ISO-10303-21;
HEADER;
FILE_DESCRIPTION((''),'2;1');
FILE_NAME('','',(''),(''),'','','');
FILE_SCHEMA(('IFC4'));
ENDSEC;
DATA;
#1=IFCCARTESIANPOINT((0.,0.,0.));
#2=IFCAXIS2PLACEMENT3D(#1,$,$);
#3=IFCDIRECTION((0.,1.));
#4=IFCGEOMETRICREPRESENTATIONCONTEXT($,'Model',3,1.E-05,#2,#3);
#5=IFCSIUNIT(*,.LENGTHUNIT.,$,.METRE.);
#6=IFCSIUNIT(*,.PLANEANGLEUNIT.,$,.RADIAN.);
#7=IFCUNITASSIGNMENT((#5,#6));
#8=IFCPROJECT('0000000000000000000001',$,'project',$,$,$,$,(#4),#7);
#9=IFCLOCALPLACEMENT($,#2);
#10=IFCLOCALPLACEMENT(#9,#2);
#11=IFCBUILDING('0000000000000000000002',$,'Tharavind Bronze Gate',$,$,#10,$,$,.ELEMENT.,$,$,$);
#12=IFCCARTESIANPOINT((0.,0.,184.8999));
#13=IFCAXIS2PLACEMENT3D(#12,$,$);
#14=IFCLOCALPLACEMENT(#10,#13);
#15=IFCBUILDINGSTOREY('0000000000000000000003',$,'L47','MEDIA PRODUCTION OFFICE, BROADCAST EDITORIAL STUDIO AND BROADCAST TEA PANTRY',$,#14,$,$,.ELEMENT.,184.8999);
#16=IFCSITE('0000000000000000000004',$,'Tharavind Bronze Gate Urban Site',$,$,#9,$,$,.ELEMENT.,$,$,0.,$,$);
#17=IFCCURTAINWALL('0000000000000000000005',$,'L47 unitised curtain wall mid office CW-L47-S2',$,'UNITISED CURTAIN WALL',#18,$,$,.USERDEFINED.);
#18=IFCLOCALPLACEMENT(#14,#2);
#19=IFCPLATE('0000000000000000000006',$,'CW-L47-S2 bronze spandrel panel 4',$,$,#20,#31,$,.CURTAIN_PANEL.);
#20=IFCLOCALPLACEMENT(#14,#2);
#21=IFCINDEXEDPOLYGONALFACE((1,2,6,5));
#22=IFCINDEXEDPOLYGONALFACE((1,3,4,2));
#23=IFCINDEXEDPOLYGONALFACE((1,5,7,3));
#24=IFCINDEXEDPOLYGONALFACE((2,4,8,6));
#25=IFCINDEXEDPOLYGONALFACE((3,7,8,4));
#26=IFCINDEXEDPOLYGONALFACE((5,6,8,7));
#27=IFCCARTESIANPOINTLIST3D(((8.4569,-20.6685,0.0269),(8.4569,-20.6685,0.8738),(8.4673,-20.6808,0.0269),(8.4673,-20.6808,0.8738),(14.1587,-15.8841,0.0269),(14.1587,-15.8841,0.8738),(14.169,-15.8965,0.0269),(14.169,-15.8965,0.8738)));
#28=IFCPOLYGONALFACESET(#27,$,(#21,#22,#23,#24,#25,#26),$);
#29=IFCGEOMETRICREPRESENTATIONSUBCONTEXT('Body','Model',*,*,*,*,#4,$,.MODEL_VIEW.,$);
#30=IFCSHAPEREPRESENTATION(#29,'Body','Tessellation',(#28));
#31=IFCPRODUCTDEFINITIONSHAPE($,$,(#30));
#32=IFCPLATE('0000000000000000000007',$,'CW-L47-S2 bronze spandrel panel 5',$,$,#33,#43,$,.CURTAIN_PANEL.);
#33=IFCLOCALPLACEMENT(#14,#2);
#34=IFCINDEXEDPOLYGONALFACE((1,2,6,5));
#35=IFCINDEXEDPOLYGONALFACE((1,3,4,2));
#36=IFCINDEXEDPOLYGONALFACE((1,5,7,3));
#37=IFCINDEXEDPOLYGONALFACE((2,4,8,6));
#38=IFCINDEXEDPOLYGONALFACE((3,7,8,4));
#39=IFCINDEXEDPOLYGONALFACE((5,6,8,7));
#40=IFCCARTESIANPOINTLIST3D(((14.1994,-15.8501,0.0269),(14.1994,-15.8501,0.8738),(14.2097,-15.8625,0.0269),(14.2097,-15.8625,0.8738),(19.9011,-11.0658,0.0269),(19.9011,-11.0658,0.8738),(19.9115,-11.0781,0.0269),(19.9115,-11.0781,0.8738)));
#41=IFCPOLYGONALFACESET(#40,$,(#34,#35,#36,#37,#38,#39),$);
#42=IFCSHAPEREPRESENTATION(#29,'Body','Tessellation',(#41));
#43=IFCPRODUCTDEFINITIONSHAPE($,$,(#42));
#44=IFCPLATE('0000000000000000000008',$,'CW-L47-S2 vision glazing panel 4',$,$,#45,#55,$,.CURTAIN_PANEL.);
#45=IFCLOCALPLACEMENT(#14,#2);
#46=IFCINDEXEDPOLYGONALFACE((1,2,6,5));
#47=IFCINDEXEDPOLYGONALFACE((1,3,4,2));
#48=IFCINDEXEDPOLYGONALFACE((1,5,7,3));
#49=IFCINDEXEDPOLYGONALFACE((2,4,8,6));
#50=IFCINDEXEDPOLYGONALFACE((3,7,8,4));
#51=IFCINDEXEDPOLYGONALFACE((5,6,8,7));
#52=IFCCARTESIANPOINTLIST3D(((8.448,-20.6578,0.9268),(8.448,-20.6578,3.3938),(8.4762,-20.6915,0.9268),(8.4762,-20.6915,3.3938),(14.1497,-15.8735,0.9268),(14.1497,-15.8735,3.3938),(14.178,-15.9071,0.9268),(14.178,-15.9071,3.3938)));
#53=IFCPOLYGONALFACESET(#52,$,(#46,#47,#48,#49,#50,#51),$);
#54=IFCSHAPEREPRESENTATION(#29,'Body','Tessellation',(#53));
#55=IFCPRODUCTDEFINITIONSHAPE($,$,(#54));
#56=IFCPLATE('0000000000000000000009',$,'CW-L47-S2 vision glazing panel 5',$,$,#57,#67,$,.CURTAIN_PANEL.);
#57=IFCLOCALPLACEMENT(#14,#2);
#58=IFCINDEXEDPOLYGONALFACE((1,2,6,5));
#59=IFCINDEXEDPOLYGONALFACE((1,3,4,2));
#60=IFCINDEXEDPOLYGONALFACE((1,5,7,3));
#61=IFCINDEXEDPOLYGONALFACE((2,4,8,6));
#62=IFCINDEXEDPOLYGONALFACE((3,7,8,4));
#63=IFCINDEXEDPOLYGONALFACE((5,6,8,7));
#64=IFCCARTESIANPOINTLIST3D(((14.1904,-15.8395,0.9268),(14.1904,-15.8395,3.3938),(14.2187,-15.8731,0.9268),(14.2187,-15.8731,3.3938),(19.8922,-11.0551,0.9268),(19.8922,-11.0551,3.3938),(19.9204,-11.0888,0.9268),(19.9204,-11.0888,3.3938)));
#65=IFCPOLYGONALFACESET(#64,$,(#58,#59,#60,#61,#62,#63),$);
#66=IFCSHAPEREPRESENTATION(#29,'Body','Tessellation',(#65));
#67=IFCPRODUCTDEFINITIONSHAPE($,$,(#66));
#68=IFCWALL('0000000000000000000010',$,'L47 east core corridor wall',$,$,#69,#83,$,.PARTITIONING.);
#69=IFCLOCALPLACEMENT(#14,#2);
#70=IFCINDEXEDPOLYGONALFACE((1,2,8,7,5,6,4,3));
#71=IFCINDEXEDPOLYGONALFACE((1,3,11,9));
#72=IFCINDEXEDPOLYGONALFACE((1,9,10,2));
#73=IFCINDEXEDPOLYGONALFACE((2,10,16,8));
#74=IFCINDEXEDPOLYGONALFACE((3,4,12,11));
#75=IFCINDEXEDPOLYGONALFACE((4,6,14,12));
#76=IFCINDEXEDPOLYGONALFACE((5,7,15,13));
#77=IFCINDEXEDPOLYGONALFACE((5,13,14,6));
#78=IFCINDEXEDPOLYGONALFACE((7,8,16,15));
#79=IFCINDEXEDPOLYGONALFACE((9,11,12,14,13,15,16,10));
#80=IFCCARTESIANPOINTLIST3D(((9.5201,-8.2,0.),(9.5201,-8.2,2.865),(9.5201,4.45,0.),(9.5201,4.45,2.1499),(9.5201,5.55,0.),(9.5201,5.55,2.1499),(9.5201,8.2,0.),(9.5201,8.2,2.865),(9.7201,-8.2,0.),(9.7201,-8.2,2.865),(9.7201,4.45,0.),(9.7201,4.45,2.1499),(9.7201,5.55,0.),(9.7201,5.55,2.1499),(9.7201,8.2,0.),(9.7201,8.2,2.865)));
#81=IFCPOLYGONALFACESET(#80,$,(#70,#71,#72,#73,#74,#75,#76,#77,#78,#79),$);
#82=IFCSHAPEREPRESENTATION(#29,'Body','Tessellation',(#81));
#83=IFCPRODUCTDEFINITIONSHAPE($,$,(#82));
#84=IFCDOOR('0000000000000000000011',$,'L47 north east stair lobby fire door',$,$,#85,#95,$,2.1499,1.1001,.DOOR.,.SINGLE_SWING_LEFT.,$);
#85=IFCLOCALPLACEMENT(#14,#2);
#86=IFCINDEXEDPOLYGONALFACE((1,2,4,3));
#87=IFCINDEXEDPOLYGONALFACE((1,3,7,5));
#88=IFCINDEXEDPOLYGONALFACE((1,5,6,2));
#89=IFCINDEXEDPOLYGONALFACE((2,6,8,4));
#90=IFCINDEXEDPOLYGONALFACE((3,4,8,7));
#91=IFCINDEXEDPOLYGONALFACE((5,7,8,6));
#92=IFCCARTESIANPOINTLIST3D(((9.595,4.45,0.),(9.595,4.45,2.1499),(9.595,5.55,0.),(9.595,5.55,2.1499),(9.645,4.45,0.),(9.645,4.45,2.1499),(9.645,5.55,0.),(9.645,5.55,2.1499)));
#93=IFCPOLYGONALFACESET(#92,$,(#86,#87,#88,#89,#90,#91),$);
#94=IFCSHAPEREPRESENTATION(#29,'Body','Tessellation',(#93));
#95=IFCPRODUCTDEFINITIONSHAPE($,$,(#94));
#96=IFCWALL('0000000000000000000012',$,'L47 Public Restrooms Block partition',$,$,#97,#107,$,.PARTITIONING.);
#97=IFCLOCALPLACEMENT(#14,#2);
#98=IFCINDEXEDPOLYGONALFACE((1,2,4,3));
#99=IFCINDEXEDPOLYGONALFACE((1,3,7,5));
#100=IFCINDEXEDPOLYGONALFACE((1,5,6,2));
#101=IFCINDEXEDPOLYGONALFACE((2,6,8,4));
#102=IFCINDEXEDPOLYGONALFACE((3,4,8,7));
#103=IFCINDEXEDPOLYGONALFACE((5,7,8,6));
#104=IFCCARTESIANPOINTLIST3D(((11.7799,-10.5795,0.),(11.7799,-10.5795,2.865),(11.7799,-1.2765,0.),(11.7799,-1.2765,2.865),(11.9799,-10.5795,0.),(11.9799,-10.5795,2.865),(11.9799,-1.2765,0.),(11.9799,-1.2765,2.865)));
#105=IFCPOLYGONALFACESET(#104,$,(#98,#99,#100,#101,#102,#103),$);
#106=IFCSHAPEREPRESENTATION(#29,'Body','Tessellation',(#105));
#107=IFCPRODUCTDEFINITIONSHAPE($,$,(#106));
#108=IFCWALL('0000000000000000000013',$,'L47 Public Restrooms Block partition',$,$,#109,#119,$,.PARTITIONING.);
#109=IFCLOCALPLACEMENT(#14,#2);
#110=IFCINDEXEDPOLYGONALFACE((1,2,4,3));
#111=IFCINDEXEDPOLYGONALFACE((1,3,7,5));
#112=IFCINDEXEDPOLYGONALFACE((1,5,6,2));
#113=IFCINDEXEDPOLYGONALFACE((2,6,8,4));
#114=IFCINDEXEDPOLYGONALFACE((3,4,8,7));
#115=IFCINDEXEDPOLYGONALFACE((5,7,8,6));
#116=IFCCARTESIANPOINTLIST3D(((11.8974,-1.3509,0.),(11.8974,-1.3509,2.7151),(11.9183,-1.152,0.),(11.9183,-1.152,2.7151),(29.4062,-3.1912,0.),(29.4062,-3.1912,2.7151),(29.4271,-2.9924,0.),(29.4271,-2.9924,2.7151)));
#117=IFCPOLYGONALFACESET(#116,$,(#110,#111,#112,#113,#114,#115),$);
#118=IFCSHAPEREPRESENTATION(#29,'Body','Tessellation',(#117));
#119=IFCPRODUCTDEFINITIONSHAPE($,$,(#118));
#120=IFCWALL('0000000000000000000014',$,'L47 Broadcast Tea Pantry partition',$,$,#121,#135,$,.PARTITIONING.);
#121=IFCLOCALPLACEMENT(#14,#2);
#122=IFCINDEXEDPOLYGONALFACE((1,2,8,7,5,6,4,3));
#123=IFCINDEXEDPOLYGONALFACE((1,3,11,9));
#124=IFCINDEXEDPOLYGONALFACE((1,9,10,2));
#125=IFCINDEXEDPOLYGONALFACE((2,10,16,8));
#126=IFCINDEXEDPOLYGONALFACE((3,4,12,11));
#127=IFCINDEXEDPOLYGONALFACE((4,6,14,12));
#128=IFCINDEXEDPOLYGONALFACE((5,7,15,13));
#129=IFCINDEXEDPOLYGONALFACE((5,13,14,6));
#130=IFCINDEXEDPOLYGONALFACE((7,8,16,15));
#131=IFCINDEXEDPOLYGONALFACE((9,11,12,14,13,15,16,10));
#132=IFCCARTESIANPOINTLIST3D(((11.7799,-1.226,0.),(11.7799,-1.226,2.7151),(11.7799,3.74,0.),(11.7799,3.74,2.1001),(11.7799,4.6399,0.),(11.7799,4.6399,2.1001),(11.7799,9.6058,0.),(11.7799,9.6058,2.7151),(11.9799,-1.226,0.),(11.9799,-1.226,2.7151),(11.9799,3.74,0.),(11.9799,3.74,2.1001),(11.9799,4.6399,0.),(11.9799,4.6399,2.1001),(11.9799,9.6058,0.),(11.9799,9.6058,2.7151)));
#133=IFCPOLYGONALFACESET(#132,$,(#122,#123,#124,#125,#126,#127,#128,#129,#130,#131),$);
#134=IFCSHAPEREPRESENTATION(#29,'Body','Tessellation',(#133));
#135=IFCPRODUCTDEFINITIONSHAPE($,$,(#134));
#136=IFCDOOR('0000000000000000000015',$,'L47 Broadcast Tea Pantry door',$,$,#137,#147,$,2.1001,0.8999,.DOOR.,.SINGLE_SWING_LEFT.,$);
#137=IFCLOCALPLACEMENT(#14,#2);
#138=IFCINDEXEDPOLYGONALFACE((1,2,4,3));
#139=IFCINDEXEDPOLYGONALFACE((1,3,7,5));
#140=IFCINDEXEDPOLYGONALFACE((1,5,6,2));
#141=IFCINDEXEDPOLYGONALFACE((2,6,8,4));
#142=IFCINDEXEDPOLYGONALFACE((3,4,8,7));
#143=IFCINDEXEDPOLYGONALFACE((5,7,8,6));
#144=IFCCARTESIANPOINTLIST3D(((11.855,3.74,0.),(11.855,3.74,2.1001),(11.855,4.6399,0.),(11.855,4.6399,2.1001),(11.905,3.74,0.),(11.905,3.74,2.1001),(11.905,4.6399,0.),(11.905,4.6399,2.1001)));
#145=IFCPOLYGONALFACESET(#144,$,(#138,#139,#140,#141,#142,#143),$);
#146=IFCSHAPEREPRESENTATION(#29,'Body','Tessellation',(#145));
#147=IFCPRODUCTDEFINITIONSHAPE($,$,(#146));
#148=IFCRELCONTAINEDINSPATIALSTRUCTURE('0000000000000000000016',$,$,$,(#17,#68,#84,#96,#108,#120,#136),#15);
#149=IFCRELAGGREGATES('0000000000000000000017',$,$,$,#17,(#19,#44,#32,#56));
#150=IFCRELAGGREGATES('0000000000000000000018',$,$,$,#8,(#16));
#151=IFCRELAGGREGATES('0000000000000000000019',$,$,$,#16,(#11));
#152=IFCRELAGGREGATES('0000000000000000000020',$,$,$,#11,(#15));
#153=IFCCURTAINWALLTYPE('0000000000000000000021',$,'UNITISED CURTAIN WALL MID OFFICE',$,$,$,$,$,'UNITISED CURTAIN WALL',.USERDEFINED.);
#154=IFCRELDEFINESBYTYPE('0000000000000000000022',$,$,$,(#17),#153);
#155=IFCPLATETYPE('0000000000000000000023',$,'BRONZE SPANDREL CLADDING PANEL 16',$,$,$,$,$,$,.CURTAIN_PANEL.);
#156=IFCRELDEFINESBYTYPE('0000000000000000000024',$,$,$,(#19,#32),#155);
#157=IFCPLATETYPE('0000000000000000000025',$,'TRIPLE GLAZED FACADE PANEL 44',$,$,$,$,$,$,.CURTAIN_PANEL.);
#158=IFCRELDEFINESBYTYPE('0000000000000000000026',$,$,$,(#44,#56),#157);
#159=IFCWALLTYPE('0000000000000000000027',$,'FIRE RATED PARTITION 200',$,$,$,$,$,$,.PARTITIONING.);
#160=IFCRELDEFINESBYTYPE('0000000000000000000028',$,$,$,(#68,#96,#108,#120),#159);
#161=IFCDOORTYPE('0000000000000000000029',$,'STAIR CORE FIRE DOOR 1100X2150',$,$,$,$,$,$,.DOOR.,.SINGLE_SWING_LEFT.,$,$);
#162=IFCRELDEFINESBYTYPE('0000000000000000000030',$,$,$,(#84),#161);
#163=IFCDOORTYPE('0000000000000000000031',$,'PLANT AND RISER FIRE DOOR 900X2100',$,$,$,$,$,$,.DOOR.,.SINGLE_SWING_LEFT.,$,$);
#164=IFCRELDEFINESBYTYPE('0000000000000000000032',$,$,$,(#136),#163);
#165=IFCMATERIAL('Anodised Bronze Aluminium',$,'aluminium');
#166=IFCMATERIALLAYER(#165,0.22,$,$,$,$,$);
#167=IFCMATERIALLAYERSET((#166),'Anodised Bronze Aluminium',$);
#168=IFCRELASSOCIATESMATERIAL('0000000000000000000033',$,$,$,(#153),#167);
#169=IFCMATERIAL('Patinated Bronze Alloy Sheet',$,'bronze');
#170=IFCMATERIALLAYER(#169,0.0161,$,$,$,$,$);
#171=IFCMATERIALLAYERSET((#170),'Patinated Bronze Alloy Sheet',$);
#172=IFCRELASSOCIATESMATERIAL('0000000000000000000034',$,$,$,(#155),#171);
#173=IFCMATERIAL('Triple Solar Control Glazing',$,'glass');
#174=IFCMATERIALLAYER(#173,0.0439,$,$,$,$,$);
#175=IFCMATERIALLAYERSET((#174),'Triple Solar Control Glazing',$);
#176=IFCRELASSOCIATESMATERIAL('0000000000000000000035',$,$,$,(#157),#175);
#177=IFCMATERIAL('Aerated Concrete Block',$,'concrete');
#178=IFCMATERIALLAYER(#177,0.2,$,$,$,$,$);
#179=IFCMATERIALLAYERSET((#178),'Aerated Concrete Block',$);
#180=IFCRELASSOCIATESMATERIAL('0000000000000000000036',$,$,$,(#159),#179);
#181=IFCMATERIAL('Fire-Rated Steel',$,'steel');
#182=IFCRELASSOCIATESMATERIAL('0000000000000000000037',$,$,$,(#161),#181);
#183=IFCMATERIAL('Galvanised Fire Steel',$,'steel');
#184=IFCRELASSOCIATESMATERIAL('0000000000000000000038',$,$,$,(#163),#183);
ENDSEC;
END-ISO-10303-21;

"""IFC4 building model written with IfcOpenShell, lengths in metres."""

from ifc_helpers import new_model, si_unit, direction, frame, frame_2d, origin, origin_2d, place, context, subcontext, project, spatial, rectangle, extrude, material, layer, layer_set, type_object, element, fill, aggregate, save


model = new_model("IFC4")

# Units and contexts
model_context = context("Model", 3, precision=1e-05, world=origin(), true_north=direction((0.0, 1.0)))
body_context = subcontext(model_context, "Body", "Model", "MODEL_VIEW")
ifc_project = project(units=[si_unit("LENGTHUNIT", "METRE"), si_unit("PLANEANGLEUNIT", "RADIAN")], contexts=[model_context])

# Site, building, storey
site_placement = place(None, origin())
site = spatial("IfcSite", under=ifc_project, at=site_placement, Name="Tharavind Bronze Gate Urban Site", CompositionType="ELEMENT", RefElevation=0.0)
building_placement = place(site_placement, origin())
building = spatial("IfcBuilding", under=site, at=building_placement, Name="Tharavind Bronze Gate", CompositionType="ELEMENT")
storey_placement = place(building_placement, frame((0.0, 0.0, 184.8999)))
storey = spatial("IfcBuildingStorey", under=building, at=storey_placement, Name="L47", Description="MEDIA PRODUCTION OFFICE, BROADCAST EDITORIAL STUDIO AND BROADCAST TEA PANTRY", CompositionType="ELEMENT", Elevation=184.8999)

# Curtain wall
ifc_material_1 = material(Name="Anodised Bronze Aluminium", Category="aluminium")
ifc_layer_1 = layer(ifc_material_1, 0.22)
ifc_layer_set_1 = layer_set([ifc_layer_1], Name="Anodised Bronze Aluminium")
curtain_wall_type = type_object("IfcCurtainWallType", Name="UNITISED CURTAIN WALL MID OFFICE", ElementType="UNITISED CURTAIN WALL", PredefinedType="USERDEFINED", material=ifc_layer_set_1)
curtain_wall_placement = place(storey_placement, origin())
curtain_wall = element("IfcCurtainWall", 1, at=curtain_wall_placement, inside=storey, type_object=curtain_wall_type, Name="L47 unitised curtain wall mid office CW-L47-S2", ObjectType="UNITISED CURTAIN WALL", PredefinedType="USERDEFINED")

# Plates
ifc_material_2 = material(Name="Patinated Bronze Alloy Sheet", Category="bronze")
ifc_layer_2 = layer(ifc_material_2, 0.0161)
ifc_layer_set_2 = layer_set([ifc_layer_2], Name="Patinated Bronze Alloy Sheet")
plate_type_1 = type_object("IfcPlateType", Name="BRONZE SPANDREL CLADDING PANEL 16", PredefinedType="CURTAIN_PANEL", material=ifc_layer_set_2)
plate_1_placement = place(storey_placement, frame((11.313, -18.2825, 0.0269), z_axis=(0.0, 0.0, 1.0), x_axis=(0.766043, 0.642789, 0.0)))
plate_1 = element("IfcPlate", 2, at=plate_1_placement, type_object=plate_type_1, Name="CW-L47-S2 bronze spandrel panel 4", PredefinedType="CURTAIN_PANEL", context=body_context, shape_type="SweptSolid", body=[
    extrude(rectangle(XDim=7.4431, YDim=0.0161, at=origin_2d()), origin(), (0.0, 0.0, 1.0), 0.8469),
])
plate_2_placement = place(storey_placement, frame((17.0554, -13.4641, 0.0269), z_axis=(0.0, 0.0, 1.0), x_axis=(0.766043, 0.642789, 0.0)))
plate_2 = element("IfcPlate", 3, at=plate_2_placement, type_object=plate_type_1, Name="CW-L47-S2 bronze spandrel panel 5", PredefinedType="CURTAIN_PANEL", context=body_context, shape_type="SweptSolid", body=[
    extrude(rectangle(XDim=7.4431, YDim=0.0161, at=origin_2d()), origin(), (0.0, 0.0, 1.0), 0.8469),
])
ifc_material_3 = material(Name="Triple Solar Control Glazing", Category="glass")
ifc_layer_3 = layer(ifc_material_3, 0.0439)
ifc_layer_set_3 = layer_set([ifc_layer_3], Name="Triple Solar Control Glazing")
plate_type_2 = type_object("IfcPlateType", Name="TRIPLE GLAZED FACADE PANEL 44", PredefinedType="CURTAIN_PANEL", material=ifc_layer_set_3)
plate_3_placement = place(storey_placement, frame((11.313, -18.2825, 0.9268), z_axis=(0.0, 0.0, 1.0), x_axis=(0.766043, 0.642789, 0.0)))
plate_3 = element("IfcPlate", 4, at=plate_3_placement, type_object=plate_type_2, Name="CW-L47-S2 vision glazing panel 4", PredefinedType="CURTAIN_PANEL", context=body_context, shape_type="SweptSolid", body=[
    extrude(rectangle(XDim=7.4431, YDim=0.0439, at=origin_2d()), origin(), (0.0, 0.0, 1.0), 2.467),
])
plate_4_placement = place(storey_placement, frame((17.0554, -13.4641, 0.9268), z_axis=(0.0, 0.0, 1.0), x_axis=(0.766043, 0.642789, 0.0)))
plate_4 = element("IfcPlate", 5, at=plate_4_placement, type_object=plate_type_2, Name="CW-L47-S2 vision glazing panel 5", PredefinedType="CURTAIN_PANEL", context=body_context, shape_type="SweptSolid", body=[
    extrude(rectangle(XDim=7.4431, YDim=0.0439, at=origin_2d()), origin(), (0.0, 0.0, 1.0), 2.467),
])
aggregate(curtain_wall, [plate_1, plate_3, plate_2, plate_4])

# Wall, opening, door
ifc_material_4 = material(Name="Aerated Concrete Block", Category="concrete")
ifc_layer_4 = layer(ifc_material_4, 0.2)
ifc_layer_set_4 = layer_set([ifc_layer_4], Name="Aerated Concrete Block")
wall_type = type_object("IfcWallType", Name="FIRE RATED PARTITION 200", PredefinedType="PARTITIONING", material=ifc_layer_set_4)
wall_1_placement = place(storey_placement, frame((9.6201, -8.2, 0.0), z_axis=(0.0, 0.0, 1.0), x_axis=(0.0, 1.0, 0.0)))
wall_1 = element("IfcWall", 6, at=wall_1_placement, inside=storey, type_object=wall_type, Name="L47 east core corridor wall", PredefinedType="PARTITIONING", context=body_context, shape_type="SweptSolid", body=[
    extrude(rectangle(XDim=16.3999, YDim=0.2, at=frame_2d((8.2, 0.0))), origin(), (0.0, 0.0, 1.0), 2.865),
])
opening_1_placement = place(wall_1_placement, frame((12.6499, 0.0, 0.0)))
opening_1 = element("IfcOpeningElement", 7, at=opening_1_placement, cuts=wall_1, PredefinedType="OPENING", context=body_context, shape_type="SweptSolid", body=[
    extrude(rectangle(XDim=1.1001, YDim=2.1499, at=frame_2d((0.55, 1.075))), frame((0.0, 0.1101, 0.0), z_axis=(0.0, -1.0, 0.0), x_axis=(1.0, 0.0, 0.0)), (0.0, 0.0, 1.0), 0.22),
])
ifc_material_5 = material(Name="Fire-Rated Steel", Category="steel")
door_type_1 = type_object("IfcDoorType", Name="STAIR CORE FIRE DOOR 1100X2150", OperationType="SINGLE_SWING_LEFT", PredefinedType="DOOR", material=ifc_material_5)
door_1_placement = place(opening_1_placement, frame((1.1001, 0.0, 0.0), z_axis=(0.0, 0.0, 1.0), x_axis=(-1.0, 0.0, 0.0)))
door_1 = element("IfcDoor", 8, at=door_1_placement, inside=storey, type_object=door_type_1, Name="L47 north east stair lobby fire door", OperationType="SINGLE_SWING_LEFT", OverallHeight=2.1499, OverallWidth=1.1001, PredefinedType="DOOR", context=body_context, shape_type="SweptSolid", body=[
    extrude(rectangle(XDim=1.1001, YDim=2.1499, at=frame_2d((0.55, 1.075))), frame((0.0, 0.0249, 0.0), z_axis=(0.0, -1.0, 0.0), x_axis=(1.0, 0.0, 0.0)), (0.0, 0.0, 1.0), 0.05),
])
fill(opening_1, door_1)

# Walls
wall_2_placement = place(storey_placement, frame((11.8799, -10.5793, 0.0), z_axis=(0.0, 0.0, 1.0), x_axis=(0.0, 1.0, 0.0)))
element("IfcWall", 9, at=wall_2_placement, inside=storey, type_object=wall_type, Name="L47 Public Restrooms Block partition", PredefinedType="PARTITIONING", context=body_context, shape_type="SweptSolid", body=[
    extrude(rectangle(XDim=9.303, YDim=0.2, at=frame_2d((4.6514, 0.0))), origin(), (0.0, 0.0, 1.0), 2.865),
])
wall_3_placement = place(storey_placement, frame((11.9077, -1.2515, 0.0), z_axis=(0.0, 0.0, 1.0), x_axis=(0.994521, -0.104533, 0.0)))
element("IfcWall", 10, at=wall_3_placement, inside=storey, type_object=wall_type, Name="L47 Public Restrooms Block partition", PredefinedType="PARTITIONING", context=body_context, shape_type="SweptSolid", body=[
    extrude(rectangle(XDim=17.6052, YDim=0.2, at=frame_2d((8.8027, 0.0))), origin(), (0.0, 0.0, 1.0), 2.7151),
])

# Wall, opening, door
wall_4_placement = place(storey_placement, frame((11.8799, -1.2261, 0.0), z_axis=(0.0, 0.0, 1.0), x_axis=(0.0, 1.0, 0.0)))
wall_4 = element("IfcWall", 11, at=wall_4_placement, inside=storey, type_object=wall_type, Name="L47 Broadcast Tea Pantry partition", PredefinedType="PARTITIONING", context=body_context, shape_type="SweptSolid", body=[
    extrude(rectangle(XDim=10.8318, YDim=0.2, at=frame_2d((5.416, 0.0))), origin(), (0.0, 0.0, 1.0), 2.7151),
])
opening_2_placement = place(wall_4_placement, frame((4.9661, 0.0, 0.0)))
opening_2 = element("IfcOpeningElement", 12, at=opening_2_placement, cuts=wall_4, PredefinedType="OPENING", context=body_context, shape_type="SweptSolid", body=[
    extrude(rectangle(XDim=0.8999, YDim=2.1001, at=frame_2d((0.45, 1.05))), frame((0.0, 0.1101, 0.0), z_axis=(0.0, -1.0, 0.0), x_axis=(1.0, 0.0, 0.0)), (0.0, 0.0, 1.0), 0.22),
])
ifc_material_6 = material(Name="Galvanised Fire Steel", Category="steel")
door_type_2 = type_object("IfcDoorType", Name="PLANT AND RISER FIRE DOOR 900X2100", OperationType="SINGLE_SWING_LEFT", PredefinedType="DOOR", material=ifc_material_6)
door_2_placement = place(opening_2_placement, origin())
door_2 = element("IfcDoor", 13, at=door_2_placement, inside=storey, type_object=door_type_2, Name="L47 Broadcast Tea Pantry door", OperationType="SINGLE_SWING_LEFT", OverallHeight=2.1001, OverallWidth=0.8999, PredefinedType="DOOR", context=body_context, shape_type="SweptSolid", body=[
    extrude(rectangle(XDim=0.8999, YDim=2.1001, at=frame_2d((0.45, 1.05))), frame((0.0, 0.0249, 0.0), z_axis=(0.0, -1.0, 0.0), x_axis=(1.0, 0.0, 0.0)), (0.0, 0.0, 1.0), 0.05),
])
fill(opening_2, door_2)

save(model, "model.ifc")
